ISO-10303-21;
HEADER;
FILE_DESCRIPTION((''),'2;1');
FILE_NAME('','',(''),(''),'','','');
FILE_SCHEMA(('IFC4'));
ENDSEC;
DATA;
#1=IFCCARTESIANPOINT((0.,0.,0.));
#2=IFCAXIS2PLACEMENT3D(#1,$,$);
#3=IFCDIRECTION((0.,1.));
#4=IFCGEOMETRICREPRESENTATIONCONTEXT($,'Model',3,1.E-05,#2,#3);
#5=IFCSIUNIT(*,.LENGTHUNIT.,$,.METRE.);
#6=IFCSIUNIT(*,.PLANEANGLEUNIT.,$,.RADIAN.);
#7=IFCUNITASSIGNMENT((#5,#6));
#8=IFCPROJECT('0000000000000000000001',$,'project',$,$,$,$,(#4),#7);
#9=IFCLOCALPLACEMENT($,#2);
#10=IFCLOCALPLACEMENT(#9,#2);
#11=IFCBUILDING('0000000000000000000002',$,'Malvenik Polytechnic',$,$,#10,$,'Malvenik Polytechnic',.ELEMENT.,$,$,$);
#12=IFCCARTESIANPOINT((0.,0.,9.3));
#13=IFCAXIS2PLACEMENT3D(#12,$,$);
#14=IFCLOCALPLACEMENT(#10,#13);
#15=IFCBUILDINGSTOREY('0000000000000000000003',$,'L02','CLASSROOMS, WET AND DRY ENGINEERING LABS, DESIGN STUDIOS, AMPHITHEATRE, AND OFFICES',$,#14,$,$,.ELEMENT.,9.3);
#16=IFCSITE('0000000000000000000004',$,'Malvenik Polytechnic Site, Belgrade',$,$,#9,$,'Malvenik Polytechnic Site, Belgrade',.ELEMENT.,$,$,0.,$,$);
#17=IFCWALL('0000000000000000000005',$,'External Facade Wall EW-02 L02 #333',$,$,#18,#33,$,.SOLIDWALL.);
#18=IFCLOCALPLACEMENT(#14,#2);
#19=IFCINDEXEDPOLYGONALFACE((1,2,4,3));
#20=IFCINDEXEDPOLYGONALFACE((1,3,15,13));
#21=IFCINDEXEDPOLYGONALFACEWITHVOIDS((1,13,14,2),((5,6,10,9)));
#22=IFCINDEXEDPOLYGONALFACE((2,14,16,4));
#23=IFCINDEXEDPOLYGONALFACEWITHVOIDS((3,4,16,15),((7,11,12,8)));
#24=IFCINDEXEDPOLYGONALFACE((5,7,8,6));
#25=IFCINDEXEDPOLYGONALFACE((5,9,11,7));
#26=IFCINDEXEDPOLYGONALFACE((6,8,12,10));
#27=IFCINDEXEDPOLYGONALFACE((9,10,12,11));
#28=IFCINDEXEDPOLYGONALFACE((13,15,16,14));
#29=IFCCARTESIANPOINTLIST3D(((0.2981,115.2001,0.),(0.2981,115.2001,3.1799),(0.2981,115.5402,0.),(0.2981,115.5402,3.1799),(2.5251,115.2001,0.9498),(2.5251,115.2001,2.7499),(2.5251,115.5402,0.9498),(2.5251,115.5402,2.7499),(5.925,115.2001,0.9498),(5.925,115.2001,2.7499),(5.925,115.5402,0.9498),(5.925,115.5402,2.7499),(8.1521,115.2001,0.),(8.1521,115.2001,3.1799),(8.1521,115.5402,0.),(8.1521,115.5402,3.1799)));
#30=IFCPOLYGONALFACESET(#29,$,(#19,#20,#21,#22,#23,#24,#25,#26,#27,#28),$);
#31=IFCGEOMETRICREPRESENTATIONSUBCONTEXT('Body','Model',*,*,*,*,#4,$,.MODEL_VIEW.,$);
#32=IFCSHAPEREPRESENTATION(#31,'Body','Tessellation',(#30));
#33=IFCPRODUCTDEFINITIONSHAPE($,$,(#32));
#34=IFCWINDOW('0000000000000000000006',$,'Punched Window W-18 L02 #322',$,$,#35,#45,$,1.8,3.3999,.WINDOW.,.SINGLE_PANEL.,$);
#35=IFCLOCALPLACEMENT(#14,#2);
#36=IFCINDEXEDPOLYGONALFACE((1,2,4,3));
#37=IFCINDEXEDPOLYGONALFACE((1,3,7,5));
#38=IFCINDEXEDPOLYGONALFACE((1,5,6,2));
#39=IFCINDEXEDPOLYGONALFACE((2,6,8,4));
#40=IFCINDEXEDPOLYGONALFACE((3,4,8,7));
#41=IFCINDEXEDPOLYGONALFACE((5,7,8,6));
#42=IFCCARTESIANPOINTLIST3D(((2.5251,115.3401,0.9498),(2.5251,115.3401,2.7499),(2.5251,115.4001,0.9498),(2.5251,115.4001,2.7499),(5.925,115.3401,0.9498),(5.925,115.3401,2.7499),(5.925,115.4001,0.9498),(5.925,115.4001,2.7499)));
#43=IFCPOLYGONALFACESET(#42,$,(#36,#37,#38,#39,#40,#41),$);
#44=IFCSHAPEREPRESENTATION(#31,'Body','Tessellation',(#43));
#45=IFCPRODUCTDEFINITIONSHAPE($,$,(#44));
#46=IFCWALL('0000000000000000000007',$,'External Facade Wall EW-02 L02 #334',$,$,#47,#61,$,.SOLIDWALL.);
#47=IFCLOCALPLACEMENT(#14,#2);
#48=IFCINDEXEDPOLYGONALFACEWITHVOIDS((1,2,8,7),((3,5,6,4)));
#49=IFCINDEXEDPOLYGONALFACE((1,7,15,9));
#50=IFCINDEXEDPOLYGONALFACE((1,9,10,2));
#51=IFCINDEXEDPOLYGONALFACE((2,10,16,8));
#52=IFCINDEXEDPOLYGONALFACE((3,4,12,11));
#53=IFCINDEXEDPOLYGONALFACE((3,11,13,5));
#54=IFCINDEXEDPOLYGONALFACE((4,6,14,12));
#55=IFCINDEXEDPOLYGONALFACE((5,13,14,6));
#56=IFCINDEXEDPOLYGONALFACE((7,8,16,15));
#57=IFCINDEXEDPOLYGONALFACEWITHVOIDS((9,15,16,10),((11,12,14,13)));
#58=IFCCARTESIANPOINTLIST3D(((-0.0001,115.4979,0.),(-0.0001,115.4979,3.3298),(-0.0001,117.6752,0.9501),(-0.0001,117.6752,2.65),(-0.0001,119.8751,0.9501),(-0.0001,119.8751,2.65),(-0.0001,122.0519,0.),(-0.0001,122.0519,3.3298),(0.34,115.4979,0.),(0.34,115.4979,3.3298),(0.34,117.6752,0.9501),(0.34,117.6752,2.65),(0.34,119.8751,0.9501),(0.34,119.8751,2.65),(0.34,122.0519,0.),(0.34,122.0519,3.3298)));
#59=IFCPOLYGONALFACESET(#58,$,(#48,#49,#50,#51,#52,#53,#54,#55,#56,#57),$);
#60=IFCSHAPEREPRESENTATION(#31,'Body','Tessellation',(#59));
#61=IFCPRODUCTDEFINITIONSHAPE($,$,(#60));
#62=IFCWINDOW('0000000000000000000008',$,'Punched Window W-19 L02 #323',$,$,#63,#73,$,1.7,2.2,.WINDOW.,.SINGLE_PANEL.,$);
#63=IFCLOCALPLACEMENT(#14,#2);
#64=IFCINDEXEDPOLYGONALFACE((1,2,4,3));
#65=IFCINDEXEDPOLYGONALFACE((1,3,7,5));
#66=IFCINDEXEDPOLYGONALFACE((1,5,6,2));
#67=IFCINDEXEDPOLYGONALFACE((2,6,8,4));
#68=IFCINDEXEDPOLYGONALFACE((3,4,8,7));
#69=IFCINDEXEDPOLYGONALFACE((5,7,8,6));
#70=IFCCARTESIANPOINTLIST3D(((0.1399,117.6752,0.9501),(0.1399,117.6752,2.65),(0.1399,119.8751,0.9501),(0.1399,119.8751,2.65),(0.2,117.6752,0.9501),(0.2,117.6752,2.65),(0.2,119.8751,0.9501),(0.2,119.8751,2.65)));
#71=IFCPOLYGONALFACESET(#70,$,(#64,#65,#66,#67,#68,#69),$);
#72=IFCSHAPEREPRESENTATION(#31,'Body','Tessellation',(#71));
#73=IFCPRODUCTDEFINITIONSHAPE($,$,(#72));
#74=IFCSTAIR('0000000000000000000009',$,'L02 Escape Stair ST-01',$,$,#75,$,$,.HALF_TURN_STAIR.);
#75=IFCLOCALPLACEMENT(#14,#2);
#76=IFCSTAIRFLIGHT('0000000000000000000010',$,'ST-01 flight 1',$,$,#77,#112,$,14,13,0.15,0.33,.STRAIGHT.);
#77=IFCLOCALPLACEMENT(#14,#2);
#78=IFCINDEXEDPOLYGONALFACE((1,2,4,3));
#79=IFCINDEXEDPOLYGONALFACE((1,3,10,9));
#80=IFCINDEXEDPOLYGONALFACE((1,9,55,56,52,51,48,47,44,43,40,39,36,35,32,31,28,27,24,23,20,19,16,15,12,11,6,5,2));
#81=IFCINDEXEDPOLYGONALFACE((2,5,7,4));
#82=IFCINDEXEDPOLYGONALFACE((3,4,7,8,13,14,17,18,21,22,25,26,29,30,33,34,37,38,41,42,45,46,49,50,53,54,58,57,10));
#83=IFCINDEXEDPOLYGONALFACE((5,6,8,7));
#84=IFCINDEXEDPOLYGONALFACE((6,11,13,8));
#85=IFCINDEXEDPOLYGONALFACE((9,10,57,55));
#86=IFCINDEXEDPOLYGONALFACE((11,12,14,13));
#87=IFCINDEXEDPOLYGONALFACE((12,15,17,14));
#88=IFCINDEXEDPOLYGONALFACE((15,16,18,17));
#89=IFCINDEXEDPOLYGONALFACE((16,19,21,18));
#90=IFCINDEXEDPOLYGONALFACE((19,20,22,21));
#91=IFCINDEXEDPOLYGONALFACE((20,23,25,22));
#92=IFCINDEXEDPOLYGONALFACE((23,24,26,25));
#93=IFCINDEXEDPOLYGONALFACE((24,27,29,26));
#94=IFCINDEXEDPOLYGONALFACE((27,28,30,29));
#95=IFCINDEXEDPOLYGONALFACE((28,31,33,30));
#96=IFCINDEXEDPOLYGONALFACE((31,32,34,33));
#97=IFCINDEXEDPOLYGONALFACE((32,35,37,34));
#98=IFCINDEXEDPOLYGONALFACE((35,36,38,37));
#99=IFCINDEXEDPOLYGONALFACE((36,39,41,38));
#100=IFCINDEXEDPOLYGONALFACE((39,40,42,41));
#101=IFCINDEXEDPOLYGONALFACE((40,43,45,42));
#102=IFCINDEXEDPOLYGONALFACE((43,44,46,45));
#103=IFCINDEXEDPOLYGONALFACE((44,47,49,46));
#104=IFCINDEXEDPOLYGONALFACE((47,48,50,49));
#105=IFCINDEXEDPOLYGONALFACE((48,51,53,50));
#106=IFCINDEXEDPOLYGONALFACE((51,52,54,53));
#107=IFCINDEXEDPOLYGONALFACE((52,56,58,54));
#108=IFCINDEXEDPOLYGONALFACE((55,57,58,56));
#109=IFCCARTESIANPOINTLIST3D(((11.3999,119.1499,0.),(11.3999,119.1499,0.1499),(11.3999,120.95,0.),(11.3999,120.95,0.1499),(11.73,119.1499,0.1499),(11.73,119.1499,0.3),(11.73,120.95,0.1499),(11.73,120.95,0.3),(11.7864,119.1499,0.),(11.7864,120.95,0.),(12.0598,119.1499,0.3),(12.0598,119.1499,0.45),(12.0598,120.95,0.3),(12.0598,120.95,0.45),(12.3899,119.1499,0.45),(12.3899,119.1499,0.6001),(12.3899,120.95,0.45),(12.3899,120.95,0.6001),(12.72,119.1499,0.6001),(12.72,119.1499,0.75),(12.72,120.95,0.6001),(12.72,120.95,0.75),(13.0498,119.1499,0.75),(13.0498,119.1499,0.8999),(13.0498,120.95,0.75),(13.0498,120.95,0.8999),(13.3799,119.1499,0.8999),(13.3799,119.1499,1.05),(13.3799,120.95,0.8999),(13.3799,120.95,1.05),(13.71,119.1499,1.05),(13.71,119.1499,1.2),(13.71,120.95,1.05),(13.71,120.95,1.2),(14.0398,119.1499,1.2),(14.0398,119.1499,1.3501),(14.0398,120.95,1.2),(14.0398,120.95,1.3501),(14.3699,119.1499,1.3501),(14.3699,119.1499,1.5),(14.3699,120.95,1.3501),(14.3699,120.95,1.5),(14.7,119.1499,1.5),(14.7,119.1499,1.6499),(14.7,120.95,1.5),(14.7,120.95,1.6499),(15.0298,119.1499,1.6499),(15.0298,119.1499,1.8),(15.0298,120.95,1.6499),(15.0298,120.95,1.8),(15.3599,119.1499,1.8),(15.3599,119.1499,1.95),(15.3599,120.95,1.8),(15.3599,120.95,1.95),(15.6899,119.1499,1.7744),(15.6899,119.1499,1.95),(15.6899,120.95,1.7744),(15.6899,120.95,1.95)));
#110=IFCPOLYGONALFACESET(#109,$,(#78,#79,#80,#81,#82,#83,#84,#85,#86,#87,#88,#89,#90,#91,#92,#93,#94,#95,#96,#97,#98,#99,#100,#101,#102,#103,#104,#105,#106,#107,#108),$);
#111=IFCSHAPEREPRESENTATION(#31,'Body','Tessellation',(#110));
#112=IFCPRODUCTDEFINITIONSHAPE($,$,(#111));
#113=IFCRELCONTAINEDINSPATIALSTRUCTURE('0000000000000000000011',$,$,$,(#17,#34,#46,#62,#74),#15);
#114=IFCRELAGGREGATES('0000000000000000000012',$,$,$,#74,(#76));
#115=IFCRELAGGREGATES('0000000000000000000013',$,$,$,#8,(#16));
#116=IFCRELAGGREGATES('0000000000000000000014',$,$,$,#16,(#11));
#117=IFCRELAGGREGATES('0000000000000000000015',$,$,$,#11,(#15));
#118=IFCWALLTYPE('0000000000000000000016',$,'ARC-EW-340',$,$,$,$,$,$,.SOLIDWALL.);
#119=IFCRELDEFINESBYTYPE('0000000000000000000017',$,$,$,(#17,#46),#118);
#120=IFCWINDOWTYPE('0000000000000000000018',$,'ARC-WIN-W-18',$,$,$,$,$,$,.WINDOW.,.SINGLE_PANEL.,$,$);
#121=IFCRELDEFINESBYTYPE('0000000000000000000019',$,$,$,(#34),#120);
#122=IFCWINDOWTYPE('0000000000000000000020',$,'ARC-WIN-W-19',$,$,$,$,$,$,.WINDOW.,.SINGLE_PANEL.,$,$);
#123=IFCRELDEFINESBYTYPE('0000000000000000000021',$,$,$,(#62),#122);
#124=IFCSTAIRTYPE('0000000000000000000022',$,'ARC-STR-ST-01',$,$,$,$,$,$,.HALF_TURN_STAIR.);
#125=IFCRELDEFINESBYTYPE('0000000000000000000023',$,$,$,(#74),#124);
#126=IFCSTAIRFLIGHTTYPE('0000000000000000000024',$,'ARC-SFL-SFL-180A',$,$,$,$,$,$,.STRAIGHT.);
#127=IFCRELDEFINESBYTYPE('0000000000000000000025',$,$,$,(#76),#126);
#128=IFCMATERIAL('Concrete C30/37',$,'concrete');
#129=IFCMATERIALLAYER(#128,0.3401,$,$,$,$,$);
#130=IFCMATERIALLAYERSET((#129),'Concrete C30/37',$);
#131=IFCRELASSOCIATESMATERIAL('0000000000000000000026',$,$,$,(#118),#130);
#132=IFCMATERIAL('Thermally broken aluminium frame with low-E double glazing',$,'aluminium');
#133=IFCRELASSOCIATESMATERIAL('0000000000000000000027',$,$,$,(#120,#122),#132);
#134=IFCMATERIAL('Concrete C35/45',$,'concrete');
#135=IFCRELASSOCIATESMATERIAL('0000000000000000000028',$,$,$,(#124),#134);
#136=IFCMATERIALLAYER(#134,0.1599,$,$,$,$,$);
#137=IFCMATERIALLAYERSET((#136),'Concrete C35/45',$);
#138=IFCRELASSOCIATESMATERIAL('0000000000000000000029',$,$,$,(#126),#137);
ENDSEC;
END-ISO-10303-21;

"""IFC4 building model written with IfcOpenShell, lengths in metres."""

from ifc_helpers import new_model, si_unit, direction, frame, frame_2d, origin, place, context, subcontext, project, spatial, polyline, rectangle, outline, extrude, material, layer, layer_set, type_object, element, fill, aggregate, save


model = new_model("IFC4")

# Units and contexts
model_context = context("Model", 3, precision=1e-05, world=origin(), true_north=direction((0.0, 1.0)))
body_context = subcontext(model_context, "Body", "Model", "MODEL_VIEW")
ifc_project = project(units=[si_unit("LENGTHUNIT", "METRE"), si_unit("PLANEANGLEUNIT", "RADIAN")], contexts=[model_context])

# Site, building, storey
site_placement = place(None, origin())
site = spatial("IfcSite", under=ifc_project, at=site_placement, Name="Malvenik Polytechnic Site, Belgrade", LongName="Malvenik Polytechnic Site, Belgrade", CompositionType="ELEMENT", RefElevation=0.0)
building_placement = place(site_placement, origin())
building = spatial("IfcBuilding", under=site, at=building_placement, Name="Malvenik Polytechnic", LongName="Malvenik Polytechnic", CompositionType="ELEMENT")
storey_placement = place(building_placement, frame((0.0, 0.0, 9.3)))
storey = spatial("IfcBuildingStorey", under=building, at=storey_placement, Name="L02", Description="CLASSROOMS, WET AND DRY ENGINEERING LABS, DESIGN STUDIOS, AMPHITHEATRE, AND OFFICES", CompositionType="ELEMENT", Elevation=9.3)

# Shared definitions
ifc_material_1 = material(Name="Concrete C35/45", Category="concrete")

# Shared definitions
ifc_material_2 = material(Name="Concrete C30/37", Category="concrete")

# Walls, openings, windows
ifc_layer_1 = layer(ifc_material_2, 0.3401)
ifc_layer_set_1 = layer_set([ifc_layer_1], Name="Concrete C30/37")
wall_type_1 = type_object("IfcWallType", Name="ARC-EW-340", PredefinedType="SOLIDWALL", material=ifc_layer_set_1)
wall_1_placement = place(storey_placement, frame((8.1521, 115.3701, 0.0), z_axis=(0.0, 0.0, 1.0), x_axis=(-1.0, 0.0, 0.0)))
wall_1 = element("IfcWall", 1, at=wall_1_placement, inside=storey, type_object=wall_type_1, Name="External Facade Wall EW-02 L02 #333", PredefinedType="SOLIDWALL", context=body_context, shape_type="SweptSolid", body=[
    extrude(rectangle(XDim=7.854, YDim=0.3401, at=frame_2d((3.927, 0.0))), origin(), (0.0, 0.0, 1.0), 3.1799),
])
opening_1_placement = place(wall_1_placement, frame((2.2271, 0.0, 0.95)))
opening_1 = element("IfcOpeningElement", 2, at=opening_1_placement, cuts=wall_1, PredefinedType="OPENING", context=body_context, shape_type="SweptSolid", body=[
    extrude(rectangle(XDim=3.3999, YDim=1.8, at=frame_2d((1.7, 0.8999))), frame((0.0, 0.1802, 0.0), z_axis=(0.0, -1.0, 0.0), x_axis=(1.0, 0.0, 0.0)), (0.0, 0.0, 1.0), 0.3601),
])
ifc_material_3 = material(Name="Thermally broken aluminium frame with low-E double glazing", Category="aluminium")
window_type_1 = type_object("IfcWindowType", Name="ARC-WIN-W-18", PartitioningType="SINGLE_PANEL", PredefinedType="WINDOW", material=ifc_material_3)
window_1_placement = place(opening_1_placement, origin())
window_1 = element("IfcWindow", 3, at=window_1_placement, inside=storey, type_object=window_type_1, Name="Punched Window W-18 L02 #322", OverallHeight=1.8, OverallWidth=3.3999, PartitioningType="SINGLE_PANEL", PredefinedType="WINDOW", context=body_context, shape_type="SweptSolid", body=[
    extrude(rectangle(XDim=3.3999, YDim=1.8, at=frame_2d((1.7, 0.8999))), frame((0.0, 0.03, 0.0), z_axis=(0.0, -1.0, 0.0), x_axis=(1.0, 0.0, 0.0)), (0.0, 0.0, 1.0), 0.0601),
])
fill(opening_1, window_1)
wall_2_placement = place(storey_placement, frame((0.1699, 115.498, 0.0), z_axis=(0.0, 0.0, 1.0), x_axis=(0.0, 1.0, 0.0)))
wall_2 = element("IfcWall", 4, at=wall_2_placement, inside=storey, type_object=wall_type_1, Name="External Facade Wall EW-02 L02 #334", PredefinedType="SOLIDWALL", context=body_context, shape_type="SweptSolid", body=[
    extrude(rectangle(XDim=6.554, YDim=0.3401, at=frame_2d((3.2769, 0.0))), origin(), (0.0, 0.0, 1.0), 3.3298),
])
opening_2_placement = place(wall_2_placement, frame((2.177, 0.0, 0.95)))
opening_2 = element("IfcOpeningElement", 5, at=opening_2_placement, cuts=wall_2, PredefinedType="OPENING", context=body_context, shape_type="SweptSolid", body=[
    extrude(rectangle(XDim=2.2, YDim=1.7, at=frame_2d((1.1001, 0.8501))), frame((0.0, 0.1802, 0.0), z_axis=(0.0, -1.0, 0.0), x_axis=(1.0, 0.0, 0.0)), (0.0, 0.0, 1.0), 0.3601),
])
window_type_2 = type_object("IfcWindowType", Name="ARC-WIN-W-19", PartitioningType="SINGLE_PANEL", PredefinedType="WINDOW", material=ifc_material_3)
window_2_placement = place(opening_2_placement, origin())
window_2 = element("IfcWindow", 6, at=window_2_placement, inside=storey, type_object=window_type_2, Name="Punched Window W-19 L02 #323", OverallHeight=1.7, OverallWidth=2.2, PartitioningType="SINGLE_PANEL", PredefinedType="WINDOW", context=body_context, shape_type="SweptSolid", body=[
    extrude(rectangle(XDim=2.2, YDim=1.7, at=frame_2d((1.1001, 0.8501))), frame((0.0, 0.03, 0.0), z_axis=(0.0, -1.0, 0.0), x_axis=(1.0, 0.0, 0.0)), (0.0, 0.0, 1.0), 0.0601),
])
fill(opening_2, window_2)

# Stair, stair flight
stair_type = type_object("IfcStairType", Name="ARC-STR-ST-01", PredefinedType="HALF_TURN_STAIR", material=ifc_material_1)
stair_placement = place(storey_placement, origin())
stair = element("IfcStair", 7, at=stair_placement, inside=storey, type_object=stair_type, Name="L02 Escape Stair ST-01", PredefinedType="HALF_TURN_STAIR")
ifc_layer_2 = layer(ifc_material_1, 0.1599)
ifc_layer_set_2 = layer_set([ifc_layer_2], Name="Concrete C35/45")
stair_flight_type = type_object("IfcStairFlightType", Name="ARC-SFL-SFL-180A", PredefinedType="STRAIGHT", material=ifc_layer_set_2)
stair_flight_placement = place(storey_placement, frame((11.3999, 120.05, 0.0), z_axis=(0.0, 0.0, 1.0), x_axis=(1.0, 0.0, 0.0)))
stair_flight = element("IfcStairFlight", 8, at=stair_flight_placement, type_object=stair_flight_type, Name="ST-01 flight 1", NumberOfRisers=14, NumberOfTreads=13, PredefinedType="STRAIGHT", RiserHeight=0.15, TreadLength=0.33, context=body_context, shape_type="SweptSolid", body=[
    extrude(outline(polyline([(0.0, 0.0), (0.0, 0.1499), (0.3301, 0.1499), (0.3301, 0.3), (0.6599, 0.3), (0.6599, 0.45), (0.99, 0.45), (0.99, 0.6001), (1.3201, 0.6001), (1.3201, 0.75), (1.6499, 0.75), (1.6499, 0.8999), (1.98, 0.8999), (1.98, 1.05), (2.3101, 1.05), (2.3101, 1.2), (2.6399, 1.2), (2.6399, 1.3501), (2.97, 1.3501), (2.97, 1.5), (3.3, 1.5), (3.3, 1.6499), (3.6299, 1.6499), (3.6299, 1.8), (3.96, 1.8), (3.96, 1.95), (4.29, 1.95), (4.29, 2.1001), (4.29, 1.7744), (0.3865, 0.0), (0.0, 0.0)])), frame((0.0, 0.8999, 0.0), z_axis=(0.0, -1.0, 0.0), x_axis=(1.0, 0.0, 0.0)), (0.0, 0.0, 1.0), 1.8),
])
aggregate(stair, [stair_flight])

save(model, "model.ifc")
